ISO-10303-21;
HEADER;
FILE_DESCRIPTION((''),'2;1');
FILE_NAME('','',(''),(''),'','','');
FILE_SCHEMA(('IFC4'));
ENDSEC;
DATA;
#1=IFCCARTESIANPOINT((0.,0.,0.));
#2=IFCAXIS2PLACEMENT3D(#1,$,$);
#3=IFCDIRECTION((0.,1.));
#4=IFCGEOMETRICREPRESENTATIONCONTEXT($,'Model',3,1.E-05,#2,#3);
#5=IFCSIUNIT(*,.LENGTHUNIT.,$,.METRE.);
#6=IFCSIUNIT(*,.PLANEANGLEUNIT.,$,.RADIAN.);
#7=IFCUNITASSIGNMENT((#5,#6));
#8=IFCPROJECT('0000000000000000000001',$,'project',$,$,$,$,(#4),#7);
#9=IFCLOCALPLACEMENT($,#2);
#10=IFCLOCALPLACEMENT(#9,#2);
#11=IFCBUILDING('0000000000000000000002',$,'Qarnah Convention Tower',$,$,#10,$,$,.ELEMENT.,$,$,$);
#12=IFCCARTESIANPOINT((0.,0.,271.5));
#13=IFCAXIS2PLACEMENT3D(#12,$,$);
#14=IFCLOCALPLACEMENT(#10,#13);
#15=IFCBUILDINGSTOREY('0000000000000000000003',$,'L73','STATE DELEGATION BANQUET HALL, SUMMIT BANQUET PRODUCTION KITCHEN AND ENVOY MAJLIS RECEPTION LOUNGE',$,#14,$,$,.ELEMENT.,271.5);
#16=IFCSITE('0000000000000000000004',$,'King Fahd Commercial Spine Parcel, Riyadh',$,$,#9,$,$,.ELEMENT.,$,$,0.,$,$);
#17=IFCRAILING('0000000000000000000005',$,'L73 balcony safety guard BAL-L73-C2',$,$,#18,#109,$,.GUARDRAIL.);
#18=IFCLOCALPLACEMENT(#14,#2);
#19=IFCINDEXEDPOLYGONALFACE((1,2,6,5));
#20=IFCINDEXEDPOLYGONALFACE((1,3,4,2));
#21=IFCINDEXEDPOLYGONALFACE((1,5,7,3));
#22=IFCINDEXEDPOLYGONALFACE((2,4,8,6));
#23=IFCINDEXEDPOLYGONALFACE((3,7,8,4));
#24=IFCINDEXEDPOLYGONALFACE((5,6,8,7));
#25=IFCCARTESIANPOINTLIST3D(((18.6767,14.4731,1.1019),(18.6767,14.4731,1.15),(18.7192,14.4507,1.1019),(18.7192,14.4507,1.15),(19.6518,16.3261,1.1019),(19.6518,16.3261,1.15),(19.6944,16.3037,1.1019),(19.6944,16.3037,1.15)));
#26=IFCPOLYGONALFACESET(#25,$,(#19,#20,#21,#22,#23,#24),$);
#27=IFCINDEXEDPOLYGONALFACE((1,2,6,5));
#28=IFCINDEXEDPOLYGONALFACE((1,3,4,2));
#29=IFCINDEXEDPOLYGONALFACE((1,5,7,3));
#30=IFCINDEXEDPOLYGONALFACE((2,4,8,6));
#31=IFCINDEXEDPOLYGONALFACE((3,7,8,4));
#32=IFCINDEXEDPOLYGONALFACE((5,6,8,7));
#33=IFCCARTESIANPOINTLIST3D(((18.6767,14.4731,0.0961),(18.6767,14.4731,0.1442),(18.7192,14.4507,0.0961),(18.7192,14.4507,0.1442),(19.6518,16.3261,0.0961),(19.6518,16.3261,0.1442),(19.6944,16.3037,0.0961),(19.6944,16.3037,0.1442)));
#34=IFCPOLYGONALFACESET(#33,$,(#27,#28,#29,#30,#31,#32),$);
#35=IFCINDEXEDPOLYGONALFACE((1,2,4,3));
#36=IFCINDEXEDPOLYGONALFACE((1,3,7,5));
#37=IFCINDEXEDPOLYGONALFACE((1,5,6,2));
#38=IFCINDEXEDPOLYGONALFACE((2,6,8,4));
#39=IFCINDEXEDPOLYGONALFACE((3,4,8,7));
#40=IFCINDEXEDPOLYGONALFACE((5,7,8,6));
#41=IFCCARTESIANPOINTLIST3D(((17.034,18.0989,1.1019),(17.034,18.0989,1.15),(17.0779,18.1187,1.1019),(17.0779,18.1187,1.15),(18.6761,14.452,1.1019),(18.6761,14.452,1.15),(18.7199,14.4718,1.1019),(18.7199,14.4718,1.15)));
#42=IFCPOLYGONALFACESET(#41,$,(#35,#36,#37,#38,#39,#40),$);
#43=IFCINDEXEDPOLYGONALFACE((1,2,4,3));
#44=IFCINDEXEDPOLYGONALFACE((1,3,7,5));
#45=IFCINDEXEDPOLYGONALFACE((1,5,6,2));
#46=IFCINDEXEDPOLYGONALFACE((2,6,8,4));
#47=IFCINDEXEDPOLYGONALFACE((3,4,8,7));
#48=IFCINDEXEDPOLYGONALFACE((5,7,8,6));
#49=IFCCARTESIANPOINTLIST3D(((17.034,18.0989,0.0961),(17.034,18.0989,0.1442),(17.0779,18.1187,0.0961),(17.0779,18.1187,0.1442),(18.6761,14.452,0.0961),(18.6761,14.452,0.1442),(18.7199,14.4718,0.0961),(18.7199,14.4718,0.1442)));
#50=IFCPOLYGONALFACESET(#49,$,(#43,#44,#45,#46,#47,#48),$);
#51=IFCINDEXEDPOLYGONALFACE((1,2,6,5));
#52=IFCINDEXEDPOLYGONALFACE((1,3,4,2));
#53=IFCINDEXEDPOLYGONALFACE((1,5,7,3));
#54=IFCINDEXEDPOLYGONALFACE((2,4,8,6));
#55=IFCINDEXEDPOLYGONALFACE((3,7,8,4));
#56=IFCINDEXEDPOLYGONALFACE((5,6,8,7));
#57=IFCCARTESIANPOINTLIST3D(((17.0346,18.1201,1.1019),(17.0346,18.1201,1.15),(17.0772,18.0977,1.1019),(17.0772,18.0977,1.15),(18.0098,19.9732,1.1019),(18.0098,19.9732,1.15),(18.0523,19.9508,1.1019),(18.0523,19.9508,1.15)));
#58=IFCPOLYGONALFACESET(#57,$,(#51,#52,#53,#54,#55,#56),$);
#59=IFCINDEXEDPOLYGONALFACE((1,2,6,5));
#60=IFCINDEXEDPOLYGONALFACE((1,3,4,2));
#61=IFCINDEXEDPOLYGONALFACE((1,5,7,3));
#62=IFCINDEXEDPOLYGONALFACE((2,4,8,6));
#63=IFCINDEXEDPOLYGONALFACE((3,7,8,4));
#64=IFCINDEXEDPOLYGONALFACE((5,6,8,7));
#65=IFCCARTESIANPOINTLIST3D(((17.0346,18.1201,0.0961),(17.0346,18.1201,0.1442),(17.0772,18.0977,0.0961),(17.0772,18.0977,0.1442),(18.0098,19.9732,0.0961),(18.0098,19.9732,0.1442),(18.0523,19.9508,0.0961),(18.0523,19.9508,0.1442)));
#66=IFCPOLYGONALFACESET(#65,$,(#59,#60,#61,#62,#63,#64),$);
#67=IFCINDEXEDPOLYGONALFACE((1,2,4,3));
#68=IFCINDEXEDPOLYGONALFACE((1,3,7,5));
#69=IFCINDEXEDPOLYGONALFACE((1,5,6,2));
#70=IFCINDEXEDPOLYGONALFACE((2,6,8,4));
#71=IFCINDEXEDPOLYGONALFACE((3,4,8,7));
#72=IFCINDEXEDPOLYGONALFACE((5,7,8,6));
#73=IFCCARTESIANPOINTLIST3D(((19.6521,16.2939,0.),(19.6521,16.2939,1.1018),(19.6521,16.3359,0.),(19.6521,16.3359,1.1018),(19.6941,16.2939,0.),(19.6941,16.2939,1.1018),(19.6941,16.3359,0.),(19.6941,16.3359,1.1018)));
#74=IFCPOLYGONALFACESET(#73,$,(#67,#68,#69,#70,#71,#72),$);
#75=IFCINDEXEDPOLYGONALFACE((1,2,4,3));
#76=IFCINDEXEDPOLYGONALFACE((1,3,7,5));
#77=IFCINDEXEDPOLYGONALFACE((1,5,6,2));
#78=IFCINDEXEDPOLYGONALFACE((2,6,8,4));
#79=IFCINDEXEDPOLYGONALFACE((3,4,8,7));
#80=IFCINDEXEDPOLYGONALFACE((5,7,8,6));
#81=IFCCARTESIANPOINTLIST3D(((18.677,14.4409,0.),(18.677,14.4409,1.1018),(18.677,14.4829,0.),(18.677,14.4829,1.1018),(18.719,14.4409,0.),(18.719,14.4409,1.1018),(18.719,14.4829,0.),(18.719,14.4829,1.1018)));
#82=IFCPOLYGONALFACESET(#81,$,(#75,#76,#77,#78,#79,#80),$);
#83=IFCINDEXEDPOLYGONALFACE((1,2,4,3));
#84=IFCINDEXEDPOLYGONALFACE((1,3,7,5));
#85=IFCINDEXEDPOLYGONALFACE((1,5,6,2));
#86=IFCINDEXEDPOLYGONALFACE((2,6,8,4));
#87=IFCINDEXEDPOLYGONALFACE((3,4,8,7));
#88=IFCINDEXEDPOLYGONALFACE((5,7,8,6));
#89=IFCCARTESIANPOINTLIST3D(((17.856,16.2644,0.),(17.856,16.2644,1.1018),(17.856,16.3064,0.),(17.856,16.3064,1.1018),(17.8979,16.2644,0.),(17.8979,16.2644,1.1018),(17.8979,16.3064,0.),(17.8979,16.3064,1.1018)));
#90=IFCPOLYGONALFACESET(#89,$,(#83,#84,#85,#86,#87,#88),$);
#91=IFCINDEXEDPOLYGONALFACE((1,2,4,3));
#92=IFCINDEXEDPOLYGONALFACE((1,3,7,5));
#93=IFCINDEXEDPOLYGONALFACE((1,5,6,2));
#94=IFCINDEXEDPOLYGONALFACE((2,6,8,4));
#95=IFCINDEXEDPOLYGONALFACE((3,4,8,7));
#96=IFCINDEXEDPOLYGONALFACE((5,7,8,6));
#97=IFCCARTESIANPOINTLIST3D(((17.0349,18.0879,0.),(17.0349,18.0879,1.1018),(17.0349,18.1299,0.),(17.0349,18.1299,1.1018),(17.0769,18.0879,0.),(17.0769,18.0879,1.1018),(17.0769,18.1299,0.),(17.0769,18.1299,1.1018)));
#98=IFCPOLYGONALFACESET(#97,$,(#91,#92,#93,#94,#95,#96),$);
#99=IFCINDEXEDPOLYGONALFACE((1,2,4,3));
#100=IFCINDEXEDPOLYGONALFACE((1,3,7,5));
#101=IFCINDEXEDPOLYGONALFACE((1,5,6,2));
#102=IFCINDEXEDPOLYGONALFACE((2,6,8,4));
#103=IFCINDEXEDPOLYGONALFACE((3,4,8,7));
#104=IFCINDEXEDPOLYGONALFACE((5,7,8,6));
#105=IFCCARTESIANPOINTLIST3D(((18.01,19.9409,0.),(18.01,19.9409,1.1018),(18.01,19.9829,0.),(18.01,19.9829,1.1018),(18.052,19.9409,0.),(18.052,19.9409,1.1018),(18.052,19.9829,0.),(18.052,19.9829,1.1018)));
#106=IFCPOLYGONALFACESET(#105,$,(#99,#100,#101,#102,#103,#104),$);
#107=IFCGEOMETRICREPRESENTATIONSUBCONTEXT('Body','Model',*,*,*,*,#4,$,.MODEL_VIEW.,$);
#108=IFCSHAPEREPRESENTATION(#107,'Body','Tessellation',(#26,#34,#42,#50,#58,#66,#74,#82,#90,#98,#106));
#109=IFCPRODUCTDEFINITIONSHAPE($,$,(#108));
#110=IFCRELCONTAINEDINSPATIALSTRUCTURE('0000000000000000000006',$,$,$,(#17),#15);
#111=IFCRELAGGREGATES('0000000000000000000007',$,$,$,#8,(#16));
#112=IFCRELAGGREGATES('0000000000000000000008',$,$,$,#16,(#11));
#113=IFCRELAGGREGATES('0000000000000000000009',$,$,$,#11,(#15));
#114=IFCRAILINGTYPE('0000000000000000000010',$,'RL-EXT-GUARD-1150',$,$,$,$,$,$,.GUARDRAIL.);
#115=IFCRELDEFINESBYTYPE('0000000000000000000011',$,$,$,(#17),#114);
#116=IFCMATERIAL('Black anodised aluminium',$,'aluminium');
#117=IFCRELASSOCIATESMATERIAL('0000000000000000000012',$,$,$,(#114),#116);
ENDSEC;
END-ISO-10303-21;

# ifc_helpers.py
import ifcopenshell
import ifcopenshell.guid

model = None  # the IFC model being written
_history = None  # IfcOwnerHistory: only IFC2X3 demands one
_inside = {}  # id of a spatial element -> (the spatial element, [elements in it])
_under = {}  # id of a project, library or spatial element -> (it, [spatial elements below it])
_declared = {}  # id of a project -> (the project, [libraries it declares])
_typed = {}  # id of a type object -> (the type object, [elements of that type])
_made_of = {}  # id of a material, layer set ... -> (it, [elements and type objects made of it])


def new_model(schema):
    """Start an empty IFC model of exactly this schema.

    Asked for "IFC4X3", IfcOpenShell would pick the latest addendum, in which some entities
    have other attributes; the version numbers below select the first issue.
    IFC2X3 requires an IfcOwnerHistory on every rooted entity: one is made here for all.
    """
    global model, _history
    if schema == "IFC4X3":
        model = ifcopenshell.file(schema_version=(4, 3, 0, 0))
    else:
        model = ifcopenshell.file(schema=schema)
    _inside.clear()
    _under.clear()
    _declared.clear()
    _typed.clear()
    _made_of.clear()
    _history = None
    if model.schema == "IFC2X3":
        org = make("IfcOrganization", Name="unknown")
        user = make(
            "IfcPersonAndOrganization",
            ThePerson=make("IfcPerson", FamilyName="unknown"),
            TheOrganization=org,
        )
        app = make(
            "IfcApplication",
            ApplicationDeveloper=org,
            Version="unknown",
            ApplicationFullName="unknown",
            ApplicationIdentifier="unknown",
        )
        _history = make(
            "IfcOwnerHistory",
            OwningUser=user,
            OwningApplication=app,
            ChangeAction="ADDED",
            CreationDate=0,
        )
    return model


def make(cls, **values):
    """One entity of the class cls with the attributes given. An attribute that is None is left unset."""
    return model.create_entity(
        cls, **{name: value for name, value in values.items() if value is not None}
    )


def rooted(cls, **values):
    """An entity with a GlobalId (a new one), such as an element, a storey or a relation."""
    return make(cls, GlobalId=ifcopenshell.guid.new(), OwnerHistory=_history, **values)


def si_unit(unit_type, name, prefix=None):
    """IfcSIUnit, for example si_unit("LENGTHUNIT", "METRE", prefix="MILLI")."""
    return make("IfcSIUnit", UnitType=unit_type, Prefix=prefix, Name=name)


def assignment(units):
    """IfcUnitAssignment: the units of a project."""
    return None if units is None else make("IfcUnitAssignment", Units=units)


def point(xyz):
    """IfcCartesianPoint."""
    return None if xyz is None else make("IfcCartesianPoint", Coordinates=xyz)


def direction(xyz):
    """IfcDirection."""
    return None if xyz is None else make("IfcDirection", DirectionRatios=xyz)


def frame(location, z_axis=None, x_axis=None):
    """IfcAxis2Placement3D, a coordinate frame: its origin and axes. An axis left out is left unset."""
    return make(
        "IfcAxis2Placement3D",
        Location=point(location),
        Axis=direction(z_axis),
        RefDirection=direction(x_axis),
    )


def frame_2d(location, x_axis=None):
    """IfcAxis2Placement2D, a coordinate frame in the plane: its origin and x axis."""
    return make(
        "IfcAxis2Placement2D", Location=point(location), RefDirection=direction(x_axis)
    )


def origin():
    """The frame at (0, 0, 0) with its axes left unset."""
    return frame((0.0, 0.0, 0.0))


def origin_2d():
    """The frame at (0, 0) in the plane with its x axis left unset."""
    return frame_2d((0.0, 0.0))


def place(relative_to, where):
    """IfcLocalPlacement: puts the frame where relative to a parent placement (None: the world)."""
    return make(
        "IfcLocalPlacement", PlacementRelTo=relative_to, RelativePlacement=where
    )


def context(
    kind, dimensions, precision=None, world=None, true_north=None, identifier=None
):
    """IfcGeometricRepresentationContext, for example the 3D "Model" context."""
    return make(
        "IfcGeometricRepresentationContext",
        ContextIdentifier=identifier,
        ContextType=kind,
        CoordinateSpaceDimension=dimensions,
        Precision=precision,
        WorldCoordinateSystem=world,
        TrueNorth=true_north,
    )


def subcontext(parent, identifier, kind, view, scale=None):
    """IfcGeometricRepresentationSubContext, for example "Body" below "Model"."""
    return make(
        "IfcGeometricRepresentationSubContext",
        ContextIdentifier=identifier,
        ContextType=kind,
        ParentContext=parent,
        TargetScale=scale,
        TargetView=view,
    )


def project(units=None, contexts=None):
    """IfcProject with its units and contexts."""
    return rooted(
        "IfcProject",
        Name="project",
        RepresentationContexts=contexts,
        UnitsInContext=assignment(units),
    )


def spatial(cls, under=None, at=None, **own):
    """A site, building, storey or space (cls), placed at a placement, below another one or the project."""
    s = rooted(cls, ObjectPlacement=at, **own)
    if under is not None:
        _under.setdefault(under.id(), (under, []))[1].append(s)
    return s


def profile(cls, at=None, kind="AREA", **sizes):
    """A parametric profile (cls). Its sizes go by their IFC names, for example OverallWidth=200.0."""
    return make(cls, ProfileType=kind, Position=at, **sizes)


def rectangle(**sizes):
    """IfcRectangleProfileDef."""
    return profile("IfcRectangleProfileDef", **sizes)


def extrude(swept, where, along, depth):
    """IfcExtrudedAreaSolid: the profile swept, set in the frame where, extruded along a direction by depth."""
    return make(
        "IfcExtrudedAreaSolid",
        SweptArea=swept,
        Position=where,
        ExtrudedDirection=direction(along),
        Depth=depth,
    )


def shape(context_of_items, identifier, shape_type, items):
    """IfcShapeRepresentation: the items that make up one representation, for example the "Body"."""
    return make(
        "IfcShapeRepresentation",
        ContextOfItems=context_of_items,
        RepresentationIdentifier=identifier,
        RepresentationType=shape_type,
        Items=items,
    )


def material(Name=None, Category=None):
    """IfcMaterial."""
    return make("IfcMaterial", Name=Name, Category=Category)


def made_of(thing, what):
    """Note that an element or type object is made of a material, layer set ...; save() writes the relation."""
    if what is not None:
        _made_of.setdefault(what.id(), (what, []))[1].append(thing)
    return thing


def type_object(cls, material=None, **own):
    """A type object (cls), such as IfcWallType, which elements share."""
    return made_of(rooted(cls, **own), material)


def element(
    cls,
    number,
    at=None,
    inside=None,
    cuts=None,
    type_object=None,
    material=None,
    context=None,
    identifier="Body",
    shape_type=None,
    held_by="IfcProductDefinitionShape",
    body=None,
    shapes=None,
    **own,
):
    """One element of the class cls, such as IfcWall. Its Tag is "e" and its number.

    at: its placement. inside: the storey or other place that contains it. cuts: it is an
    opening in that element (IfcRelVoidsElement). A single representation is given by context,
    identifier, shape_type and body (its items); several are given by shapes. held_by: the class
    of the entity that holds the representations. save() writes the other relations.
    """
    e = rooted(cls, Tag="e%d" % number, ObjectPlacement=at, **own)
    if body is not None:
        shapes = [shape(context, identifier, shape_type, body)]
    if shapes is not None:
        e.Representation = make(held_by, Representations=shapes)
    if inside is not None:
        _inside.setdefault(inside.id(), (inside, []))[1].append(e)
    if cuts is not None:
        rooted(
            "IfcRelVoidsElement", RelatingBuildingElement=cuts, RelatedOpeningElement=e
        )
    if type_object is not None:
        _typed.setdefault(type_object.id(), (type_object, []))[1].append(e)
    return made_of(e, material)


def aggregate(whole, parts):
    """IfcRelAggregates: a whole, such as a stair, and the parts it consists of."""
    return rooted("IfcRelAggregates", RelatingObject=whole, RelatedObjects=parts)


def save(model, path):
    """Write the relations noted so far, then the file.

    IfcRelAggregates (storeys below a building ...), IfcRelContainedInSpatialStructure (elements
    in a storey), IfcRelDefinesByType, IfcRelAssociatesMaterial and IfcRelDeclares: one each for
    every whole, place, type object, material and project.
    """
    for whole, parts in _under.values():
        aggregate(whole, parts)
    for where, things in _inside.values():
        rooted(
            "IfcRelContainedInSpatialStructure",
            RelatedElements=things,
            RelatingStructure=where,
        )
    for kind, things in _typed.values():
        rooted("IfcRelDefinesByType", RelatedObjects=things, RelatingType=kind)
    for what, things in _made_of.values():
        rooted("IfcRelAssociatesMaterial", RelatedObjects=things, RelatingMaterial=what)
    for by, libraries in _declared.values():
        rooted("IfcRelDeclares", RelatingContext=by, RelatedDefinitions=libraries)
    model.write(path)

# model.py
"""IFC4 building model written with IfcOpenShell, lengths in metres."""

from ifc_helpers import new_model, si_unit, direction, frame, origin, origin_2d, place, context, subcontext, project, spatial, rectangle, extrude, material, type_object, element, save


model = new_model("IFC4")

# Units and contexts
model_context = context("Model", 3, precision=1e-05, world=origin(), true_north=direction((0.0, 1.0)))
body_context = subcontext(model_context, "Body", "Model", "MODEL_VIEW")
ifc_project = project(units=[si_unit("LENGTHUNIT", "METRE"), si_unit("PLANEANGLEUNIT", "RADIAN")], contexts=[model_context])

# Site, building, storey
site_placement = place(None, origin())
site = spatial("IfcSite", under=ifc_project, at=site_placement, Name="King Fahd Commercial Spine Parcel, Riyadh", CompositionType="ELEMENT", RefElevation=0.0)
building_placement = place(site_placement, origin())
building = spatial("IfcBuilding", under=site, at=building_placement, Name="Qarnah Convention Tower", CompositionType="ELEMENT")
storey_placement = place(building_placement, frame((0.0, 0.0, 271.5)))
storey = spatial("IfcBuildingStorey", under=building, at=storey_placement, Name="L73", Description="STATE DELEGATION BANQUET HALL, SUMMIT BANQUET PRODUCTION KITCHEN AND ENVOY MAJLIS RECEPTION LOUNGE", CompositionType="ELEMENT", Elevation=271.5)

# Shared definitions
ifc_material_1 = material(Name="Black anodised aluminium", Category="aluminium")

# Railing
railing_type = type_object("IfcRailingType", Name="RL-EXT-GUARD-1150", PredefinedType="GUARDRAIL", material=ifc_material_1)
railing_1_placement = place(storey_placement, frame((19.6731, 16.3149, 0.0)))
element("IfcRailing", 1, at=railing_1_placement, inside=storey, type_object=railing_type, Name="L73 balcony safety guard BAL-L73-C2", PredefinedType="GUARDRAIL", context=body_context, shape_type="SweptSolid", body=[
    extrude(rectangle(XDim=0.0481, YDim=0.0481, at=origin_2d()), frame((0.0, 0.0, 1.126), z_axis=(-0.465679, -0.884954, 0.0), x_axis=(0.884954, -0.465679, 0.0)), (0.0, 0.0, 1.0), 2.094),
    extrude(rectangle(XDim=0.0481, YDim=0.0481, at=origin_2d()), frame((0.0, 0.0, 0.1201), z_axis=(-0.465679, -0.884954, 0.0), x_axis=(0.884954, -0.465679, 0.0)), (0.0, 0.0, 1.0), 2.094),
    extrude(rectangle(XDim=0.0481, YDim=0.0481, at=origin_2d()), frame((-0.9751, -1.853, 1.126), z_axis=(-0.410563, 0.911832, 0.0), x_axis=(-0.911832, -0.410563, 0.0)), (0.0, 0.0, 1.0), 3.9995),
    extrude(rectangle(XDim=0.0481, YDim=0.0481, at=origin_2d()), frame((-0.9751, -1.853, 0.1201), z_axis=(-0.410563, 0.911832, 0.0), x_axis=(-0.911832, -0.410563, 0.0)), (0.0, 0.0, 1.0), 3.9995),
    extrude(rectangle(XDim=0.0481, YDim=0.0481, at=origin_2d()), frame((-2.6172, 1.7939, 1.126), z_axis=(0.465679, 0.884954, 0.0), x_axis=(-0.884954, 0.465679, 0.0)), (0.0, 0.0, 1.0), 2.094),
    extrude(rectangle(XDim=0.0481, YDim=0.0481, at=origin_2d()), frame((-2.6172, 1.7939, 0.1201), z_axis=(0.465679, 0.884954, 0.0), x_axis=(-0.884954, 0.465679, 0.0)), (0.0, 0.0, 1.0), 2.094),
    extrude(rectangle(XDim=0.042, YDim=0.042, at=origin_2d()), origin(), (0.0, 0.0, 1.0), 1.1018),
    extrude(rectangle(XDim=0.042, YDim=0.042, at=origin_2d()), frame((-0.9751, -1.853, 0.0)), (0.0, 0.0, 1.0), 1.1018),
    extrude(rectangle(XDim=0.042, YDim=0.042, at=origin_2d()), frame((-1.7961, -0.0295, 0.0)), (0.0, 0.0, 1.0), 1.1018),
    extrude(rectangle(XDim=0.042, YDim=0.042, at=origin_2d()), frame((-2.6172, 1.7939, 0.0)), (0.0, 0.0, 1.0), 1.1018),
    extrude(rectangle(XDim=0.042, YDim=0.042, at=origin_2d()), frame((-1.6421, 3.647, 0.0)), (0.0, 0.0, 1.0), 1.1018),
])

save(model, "model.ifc")
